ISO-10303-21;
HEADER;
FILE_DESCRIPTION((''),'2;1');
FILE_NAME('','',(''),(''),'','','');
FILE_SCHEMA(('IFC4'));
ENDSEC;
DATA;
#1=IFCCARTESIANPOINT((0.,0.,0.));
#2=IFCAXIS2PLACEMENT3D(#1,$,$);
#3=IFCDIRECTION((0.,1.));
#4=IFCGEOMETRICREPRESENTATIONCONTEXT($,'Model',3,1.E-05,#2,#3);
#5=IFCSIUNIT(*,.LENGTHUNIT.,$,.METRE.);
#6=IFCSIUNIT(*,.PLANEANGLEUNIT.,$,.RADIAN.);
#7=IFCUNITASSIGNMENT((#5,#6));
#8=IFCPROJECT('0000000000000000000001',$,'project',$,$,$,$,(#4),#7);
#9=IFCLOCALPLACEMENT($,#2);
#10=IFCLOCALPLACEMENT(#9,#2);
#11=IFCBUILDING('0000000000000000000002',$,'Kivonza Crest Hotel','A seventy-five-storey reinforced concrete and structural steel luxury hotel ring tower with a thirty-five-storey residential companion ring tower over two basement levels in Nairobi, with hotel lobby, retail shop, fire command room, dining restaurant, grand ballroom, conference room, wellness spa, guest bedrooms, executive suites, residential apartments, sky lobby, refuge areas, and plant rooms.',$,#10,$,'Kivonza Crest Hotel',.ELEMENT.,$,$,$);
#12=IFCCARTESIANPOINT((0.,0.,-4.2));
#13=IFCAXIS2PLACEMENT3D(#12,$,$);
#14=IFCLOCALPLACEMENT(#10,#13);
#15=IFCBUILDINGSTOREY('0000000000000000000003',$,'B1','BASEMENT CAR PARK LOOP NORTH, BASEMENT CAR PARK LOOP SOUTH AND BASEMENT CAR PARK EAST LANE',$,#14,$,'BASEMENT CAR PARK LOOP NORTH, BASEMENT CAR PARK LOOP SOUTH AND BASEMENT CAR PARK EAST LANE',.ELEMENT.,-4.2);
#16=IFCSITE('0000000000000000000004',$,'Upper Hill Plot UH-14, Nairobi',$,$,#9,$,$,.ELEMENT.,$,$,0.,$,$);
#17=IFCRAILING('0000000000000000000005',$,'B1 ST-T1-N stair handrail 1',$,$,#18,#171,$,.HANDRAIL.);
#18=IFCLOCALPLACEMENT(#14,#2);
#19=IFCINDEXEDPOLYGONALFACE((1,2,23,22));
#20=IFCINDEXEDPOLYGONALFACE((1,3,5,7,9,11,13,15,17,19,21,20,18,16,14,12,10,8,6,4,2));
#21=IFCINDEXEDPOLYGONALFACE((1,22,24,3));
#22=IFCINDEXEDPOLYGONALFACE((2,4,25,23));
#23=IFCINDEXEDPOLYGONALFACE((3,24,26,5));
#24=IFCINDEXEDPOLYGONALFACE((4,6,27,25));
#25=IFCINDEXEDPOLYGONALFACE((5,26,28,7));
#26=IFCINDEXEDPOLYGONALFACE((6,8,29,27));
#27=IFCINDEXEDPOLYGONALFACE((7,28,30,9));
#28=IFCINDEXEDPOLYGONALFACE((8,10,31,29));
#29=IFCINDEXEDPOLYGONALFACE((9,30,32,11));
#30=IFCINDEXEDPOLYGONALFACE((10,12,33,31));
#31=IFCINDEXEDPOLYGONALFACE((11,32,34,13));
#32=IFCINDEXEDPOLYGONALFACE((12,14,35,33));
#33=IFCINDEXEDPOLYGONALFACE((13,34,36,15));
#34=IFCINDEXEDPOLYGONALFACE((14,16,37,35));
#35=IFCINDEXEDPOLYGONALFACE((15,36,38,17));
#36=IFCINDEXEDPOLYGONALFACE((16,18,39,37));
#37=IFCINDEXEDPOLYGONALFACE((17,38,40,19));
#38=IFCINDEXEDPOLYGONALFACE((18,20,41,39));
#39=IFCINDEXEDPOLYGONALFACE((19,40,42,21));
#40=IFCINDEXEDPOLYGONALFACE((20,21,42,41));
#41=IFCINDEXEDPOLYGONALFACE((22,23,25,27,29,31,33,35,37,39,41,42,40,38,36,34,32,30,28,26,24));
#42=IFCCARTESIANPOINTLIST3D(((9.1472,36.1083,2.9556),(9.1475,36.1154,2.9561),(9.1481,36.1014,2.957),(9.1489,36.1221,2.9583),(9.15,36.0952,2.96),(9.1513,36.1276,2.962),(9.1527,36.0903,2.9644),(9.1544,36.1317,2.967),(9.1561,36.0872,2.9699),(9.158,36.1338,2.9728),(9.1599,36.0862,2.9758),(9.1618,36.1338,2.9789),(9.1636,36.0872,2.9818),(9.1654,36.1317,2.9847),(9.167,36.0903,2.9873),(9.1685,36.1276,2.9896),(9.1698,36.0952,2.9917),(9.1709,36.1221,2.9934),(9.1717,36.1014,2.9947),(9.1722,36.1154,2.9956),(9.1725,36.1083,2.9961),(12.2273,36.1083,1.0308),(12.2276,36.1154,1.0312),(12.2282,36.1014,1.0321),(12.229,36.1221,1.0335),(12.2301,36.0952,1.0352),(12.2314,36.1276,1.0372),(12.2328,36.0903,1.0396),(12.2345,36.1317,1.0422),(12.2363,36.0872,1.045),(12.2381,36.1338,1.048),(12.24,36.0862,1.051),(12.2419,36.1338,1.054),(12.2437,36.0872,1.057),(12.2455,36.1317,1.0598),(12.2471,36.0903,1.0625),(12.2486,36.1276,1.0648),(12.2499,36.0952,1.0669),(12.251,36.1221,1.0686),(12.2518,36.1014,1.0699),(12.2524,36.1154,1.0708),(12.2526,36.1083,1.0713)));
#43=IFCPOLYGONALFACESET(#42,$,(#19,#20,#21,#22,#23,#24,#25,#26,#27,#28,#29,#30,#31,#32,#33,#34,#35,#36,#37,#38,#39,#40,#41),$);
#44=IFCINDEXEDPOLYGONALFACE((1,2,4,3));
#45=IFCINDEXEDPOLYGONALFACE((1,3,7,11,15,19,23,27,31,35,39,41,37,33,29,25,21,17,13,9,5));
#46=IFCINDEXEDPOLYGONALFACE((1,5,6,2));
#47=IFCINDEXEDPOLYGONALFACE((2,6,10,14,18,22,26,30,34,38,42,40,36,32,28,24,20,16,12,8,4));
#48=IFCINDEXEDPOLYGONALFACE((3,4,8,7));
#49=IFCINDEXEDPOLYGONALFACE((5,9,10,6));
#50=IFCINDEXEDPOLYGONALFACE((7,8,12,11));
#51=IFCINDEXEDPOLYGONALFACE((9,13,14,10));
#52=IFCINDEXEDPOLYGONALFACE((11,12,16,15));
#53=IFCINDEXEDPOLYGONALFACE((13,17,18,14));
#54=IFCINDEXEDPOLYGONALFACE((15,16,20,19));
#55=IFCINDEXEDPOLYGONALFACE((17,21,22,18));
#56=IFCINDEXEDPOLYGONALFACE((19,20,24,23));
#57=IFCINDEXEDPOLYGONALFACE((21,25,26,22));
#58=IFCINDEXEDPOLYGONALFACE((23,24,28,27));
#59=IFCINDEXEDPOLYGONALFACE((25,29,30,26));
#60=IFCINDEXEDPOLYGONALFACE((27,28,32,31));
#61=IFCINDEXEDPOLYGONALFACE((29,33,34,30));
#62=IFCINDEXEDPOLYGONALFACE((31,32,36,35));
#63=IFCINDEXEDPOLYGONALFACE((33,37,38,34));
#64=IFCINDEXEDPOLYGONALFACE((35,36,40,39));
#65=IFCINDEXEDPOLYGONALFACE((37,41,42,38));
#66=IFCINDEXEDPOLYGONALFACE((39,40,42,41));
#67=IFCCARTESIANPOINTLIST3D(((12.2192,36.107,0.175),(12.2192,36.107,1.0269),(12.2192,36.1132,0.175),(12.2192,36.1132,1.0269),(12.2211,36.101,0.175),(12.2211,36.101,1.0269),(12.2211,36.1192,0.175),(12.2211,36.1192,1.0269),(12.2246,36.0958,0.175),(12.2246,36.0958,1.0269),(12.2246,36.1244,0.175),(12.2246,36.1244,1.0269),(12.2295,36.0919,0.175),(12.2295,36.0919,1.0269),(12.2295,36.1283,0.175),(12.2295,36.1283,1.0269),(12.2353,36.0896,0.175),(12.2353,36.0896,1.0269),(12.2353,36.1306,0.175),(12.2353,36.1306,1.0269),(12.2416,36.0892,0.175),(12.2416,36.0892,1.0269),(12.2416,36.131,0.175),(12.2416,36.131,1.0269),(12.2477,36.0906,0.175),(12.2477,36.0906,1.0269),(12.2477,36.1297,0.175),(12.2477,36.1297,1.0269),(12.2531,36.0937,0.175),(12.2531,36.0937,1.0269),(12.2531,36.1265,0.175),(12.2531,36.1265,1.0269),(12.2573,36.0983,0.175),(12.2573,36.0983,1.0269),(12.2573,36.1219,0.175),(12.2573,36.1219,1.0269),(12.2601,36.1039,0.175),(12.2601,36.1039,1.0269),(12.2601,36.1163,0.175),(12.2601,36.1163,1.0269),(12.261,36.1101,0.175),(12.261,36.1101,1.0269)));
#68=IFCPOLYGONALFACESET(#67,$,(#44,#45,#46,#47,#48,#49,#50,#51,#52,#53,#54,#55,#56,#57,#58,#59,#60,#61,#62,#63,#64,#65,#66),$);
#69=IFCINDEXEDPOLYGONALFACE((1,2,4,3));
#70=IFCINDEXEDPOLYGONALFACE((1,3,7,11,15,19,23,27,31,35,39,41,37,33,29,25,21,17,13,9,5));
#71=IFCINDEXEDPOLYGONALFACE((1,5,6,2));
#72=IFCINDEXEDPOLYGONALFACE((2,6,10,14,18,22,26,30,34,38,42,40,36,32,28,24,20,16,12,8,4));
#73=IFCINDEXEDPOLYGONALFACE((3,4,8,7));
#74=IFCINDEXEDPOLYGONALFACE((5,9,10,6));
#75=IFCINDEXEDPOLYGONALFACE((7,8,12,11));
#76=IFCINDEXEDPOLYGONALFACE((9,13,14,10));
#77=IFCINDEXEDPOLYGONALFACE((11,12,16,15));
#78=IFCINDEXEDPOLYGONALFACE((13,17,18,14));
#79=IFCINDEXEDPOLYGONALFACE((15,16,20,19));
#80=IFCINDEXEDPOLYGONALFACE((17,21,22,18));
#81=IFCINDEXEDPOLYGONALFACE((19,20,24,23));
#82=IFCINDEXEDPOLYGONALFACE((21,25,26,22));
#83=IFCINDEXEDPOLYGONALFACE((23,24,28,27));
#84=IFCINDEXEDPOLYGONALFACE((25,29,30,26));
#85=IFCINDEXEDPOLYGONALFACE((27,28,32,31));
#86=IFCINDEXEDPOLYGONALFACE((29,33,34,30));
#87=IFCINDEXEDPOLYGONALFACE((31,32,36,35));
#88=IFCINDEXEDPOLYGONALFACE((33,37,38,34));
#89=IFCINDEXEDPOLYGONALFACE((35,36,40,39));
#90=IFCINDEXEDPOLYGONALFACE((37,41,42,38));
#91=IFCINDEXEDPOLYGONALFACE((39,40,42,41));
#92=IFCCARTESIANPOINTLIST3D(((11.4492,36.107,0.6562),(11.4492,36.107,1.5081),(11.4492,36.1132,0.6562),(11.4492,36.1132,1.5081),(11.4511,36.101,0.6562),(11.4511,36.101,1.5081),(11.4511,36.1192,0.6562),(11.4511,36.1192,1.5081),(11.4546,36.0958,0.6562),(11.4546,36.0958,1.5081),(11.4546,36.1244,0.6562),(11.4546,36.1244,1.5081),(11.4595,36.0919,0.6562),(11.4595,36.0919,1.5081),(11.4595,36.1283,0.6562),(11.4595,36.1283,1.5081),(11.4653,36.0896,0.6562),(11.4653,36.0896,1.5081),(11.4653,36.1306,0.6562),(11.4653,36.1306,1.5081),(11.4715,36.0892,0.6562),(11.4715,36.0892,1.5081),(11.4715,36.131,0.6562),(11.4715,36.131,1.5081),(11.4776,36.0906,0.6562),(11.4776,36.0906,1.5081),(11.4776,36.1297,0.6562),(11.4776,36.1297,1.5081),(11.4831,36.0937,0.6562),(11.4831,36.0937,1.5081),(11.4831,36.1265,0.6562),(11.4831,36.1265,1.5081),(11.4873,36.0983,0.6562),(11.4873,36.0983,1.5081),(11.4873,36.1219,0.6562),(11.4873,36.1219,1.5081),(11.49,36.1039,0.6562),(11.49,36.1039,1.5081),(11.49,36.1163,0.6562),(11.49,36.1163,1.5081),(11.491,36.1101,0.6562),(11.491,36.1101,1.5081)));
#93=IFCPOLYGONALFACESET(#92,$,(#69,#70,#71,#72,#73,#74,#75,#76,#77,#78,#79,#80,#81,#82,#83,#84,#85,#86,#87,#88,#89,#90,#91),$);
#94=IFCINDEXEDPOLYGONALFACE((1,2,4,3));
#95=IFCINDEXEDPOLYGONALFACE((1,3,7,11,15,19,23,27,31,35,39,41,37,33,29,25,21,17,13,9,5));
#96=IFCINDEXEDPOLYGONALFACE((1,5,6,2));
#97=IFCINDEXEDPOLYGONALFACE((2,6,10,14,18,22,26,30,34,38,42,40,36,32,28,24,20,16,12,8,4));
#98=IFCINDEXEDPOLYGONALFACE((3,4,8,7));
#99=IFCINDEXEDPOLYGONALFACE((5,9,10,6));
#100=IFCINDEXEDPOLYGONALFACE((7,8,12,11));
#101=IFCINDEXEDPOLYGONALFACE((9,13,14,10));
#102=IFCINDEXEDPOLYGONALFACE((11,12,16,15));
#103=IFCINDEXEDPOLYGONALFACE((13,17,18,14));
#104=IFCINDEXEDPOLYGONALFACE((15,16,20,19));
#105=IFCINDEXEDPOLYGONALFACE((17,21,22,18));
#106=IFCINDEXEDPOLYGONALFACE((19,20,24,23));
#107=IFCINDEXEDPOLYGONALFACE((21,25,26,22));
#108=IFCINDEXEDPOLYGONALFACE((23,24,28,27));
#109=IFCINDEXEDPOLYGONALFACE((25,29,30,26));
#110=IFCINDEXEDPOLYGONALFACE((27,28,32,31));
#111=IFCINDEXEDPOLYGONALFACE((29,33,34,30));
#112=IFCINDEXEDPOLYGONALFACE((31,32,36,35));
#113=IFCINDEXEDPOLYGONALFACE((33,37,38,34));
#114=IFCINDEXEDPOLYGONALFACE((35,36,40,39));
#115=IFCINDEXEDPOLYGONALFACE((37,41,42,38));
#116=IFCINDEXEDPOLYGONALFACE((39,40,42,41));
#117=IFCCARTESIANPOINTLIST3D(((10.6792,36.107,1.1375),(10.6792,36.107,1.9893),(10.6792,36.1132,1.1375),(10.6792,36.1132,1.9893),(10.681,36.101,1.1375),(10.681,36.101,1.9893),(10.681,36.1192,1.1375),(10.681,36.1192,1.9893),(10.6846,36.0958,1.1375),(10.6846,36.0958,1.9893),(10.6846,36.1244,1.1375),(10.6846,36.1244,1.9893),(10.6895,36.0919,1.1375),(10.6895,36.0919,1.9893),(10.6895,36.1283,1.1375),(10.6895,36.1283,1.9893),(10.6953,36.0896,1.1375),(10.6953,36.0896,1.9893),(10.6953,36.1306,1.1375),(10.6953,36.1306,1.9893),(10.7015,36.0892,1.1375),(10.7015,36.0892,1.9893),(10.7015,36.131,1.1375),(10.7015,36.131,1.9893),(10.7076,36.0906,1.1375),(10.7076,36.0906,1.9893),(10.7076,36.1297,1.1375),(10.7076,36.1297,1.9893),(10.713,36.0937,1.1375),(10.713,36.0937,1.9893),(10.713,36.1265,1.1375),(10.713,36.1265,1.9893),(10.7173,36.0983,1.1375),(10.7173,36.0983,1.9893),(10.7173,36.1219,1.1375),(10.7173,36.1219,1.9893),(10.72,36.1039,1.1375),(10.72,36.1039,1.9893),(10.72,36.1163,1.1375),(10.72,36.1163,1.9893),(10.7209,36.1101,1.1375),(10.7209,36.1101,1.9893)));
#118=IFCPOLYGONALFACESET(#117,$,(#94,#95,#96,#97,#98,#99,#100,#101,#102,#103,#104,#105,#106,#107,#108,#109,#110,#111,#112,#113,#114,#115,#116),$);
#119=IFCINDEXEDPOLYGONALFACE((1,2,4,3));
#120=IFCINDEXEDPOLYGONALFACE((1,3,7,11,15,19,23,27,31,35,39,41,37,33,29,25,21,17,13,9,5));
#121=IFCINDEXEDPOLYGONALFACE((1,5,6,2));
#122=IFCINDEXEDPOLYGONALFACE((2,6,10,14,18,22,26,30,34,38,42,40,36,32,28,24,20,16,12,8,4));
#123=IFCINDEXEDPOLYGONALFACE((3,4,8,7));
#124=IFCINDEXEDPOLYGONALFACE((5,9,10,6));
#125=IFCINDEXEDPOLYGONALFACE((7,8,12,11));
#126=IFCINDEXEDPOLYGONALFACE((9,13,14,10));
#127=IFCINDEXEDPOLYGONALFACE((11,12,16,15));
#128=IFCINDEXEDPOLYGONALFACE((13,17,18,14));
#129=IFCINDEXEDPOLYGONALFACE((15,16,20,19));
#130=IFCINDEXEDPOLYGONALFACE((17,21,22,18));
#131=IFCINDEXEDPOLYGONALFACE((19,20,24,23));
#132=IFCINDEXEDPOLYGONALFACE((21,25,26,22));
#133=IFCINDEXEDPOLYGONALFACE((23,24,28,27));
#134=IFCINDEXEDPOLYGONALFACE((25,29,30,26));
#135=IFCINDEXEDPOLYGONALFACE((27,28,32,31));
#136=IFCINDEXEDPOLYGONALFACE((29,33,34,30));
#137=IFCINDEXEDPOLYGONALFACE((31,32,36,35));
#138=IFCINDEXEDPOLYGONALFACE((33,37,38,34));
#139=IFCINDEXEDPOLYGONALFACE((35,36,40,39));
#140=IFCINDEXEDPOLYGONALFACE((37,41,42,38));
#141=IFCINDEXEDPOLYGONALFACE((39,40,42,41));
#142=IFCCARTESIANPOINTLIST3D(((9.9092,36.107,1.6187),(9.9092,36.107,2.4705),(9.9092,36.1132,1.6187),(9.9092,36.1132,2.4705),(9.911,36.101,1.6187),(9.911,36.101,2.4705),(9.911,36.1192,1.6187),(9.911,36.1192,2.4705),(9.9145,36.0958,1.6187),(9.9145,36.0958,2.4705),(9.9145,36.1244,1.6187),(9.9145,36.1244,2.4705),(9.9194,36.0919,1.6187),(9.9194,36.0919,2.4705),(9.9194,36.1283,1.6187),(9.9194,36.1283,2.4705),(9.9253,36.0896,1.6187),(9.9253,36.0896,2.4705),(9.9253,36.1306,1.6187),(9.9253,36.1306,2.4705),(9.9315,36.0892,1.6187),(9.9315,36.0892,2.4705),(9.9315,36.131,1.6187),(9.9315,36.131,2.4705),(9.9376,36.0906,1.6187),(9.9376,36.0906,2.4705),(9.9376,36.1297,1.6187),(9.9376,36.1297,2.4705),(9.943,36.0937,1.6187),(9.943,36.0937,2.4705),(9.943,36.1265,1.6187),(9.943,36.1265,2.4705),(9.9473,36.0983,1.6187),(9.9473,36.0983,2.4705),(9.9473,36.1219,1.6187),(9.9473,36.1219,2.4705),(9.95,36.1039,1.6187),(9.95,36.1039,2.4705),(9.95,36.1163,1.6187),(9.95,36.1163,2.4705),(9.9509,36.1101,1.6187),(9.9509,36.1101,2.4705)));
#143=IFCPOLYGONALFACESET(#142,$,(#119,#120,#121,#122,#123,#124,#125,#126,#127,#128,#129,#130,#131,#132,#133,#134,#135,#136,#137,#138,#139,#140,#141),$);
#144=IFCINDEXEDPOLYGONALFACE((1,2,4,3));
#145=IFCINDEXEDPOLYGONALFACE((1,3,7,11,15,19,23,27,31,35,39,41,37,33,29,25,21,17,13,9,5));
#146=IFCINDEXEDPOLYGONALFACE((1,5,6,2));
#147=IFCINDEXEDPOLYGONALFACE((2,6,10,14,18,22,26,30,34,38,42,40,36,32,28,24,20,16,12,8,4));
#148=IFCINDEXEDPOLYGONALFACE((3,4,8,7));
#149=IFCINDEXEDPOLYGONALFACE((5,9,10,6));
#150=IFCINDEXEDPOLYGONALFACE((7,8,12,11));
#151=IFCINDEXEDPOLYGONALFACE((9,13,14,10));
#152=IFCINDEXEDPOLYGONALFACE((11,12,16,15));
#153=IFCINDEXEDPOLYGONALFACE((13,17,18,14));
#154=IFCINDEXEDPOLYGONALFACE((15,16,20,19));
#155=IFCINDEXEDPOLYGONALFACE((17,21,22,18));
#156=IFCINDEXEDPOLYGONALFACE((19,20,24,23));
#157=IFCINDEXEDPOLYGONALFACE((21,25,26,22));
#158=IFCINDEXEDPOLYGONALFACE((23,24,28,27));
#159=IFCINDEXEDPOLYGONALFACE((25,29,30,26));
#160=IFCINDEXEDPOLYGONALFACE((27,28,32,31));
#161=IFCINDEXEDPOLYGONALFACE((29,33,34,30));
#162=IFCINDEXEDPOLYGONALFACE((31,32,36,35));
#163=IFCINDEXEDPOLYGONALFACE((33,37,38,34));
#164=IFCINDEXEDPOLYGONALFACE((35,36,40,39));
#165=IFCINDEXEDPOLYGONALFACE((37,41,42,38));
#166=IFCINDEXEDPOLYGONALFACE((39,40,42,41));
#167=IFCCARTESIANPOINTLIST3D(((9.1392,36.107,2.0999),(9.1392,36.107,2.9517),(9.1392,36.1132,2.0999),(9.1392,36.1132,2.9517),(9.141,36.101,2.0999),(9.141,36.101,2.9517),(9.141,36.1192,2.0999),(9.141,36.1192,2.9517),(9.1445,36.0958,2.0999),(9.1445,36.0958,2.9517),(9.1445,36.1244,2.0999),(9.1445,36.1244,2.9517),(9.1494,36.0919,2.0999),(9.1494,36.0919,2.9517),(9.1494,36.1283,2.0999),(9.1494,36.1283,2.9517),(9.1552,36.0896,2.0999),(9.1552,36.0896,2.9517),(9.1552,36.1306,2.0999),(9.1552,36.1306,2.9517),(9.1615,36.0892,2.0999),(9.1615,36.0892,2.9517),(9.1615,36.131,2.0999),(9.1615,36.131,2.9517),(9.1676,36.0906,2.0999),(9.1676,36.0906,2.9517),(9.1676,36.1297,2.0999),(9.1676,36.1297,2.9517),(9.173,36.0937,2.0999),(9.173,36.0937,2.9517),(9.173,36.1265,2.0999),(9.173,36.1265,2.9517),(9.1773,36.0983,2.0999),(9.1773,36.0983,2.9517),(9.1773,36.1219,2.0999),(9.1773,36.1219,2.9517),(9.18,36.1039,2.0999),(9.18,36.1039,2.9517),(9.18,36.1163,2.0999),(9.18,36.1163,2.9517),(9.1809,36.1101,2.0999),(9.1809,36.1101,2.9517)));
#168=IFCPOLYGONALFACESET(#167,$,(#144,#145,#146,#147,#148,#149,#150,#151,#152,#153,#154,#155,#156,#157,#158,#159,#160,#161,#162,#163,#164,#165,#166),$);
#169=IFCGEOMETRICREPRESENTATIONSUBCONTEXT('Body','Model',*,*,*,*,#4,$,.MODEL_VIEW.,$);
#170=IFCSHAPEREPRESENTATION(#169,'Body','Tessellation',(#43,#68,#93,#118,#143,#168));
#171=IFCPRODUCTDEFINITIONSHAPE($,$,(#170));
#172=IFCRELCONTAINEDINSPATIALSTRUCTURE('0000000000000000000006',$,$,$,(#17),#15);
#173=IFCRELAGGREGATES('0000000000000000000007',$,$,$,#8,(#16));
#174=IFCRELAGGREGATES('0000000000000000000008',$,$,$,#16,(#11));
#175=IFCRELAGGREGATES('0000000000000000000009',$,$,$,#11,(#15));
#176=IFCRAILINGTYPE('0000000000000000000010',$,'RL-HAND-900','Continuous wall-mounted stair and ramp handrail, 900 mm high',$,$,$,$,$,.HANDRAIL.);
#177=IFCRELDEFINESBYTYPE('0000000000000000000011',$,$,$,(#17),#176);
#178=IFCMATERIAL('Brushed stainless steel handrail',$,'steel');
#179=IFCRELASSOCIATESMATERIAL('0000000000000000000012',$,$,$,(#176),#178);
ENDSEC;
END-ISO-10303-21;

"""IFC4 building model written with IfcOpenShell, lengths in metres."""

from ifc_helpers import new_model, si_unit, direction, frame, origin, origin_2d, place, context, subcontext, project, spatial, circle, extrude, material, type_object, element, save


model = new_model("IFC4")

# Units and contexts
model_context = context("Model", 3, precision=1e-05, world=origin(), true_north=direction((0.0, 1.0)))
body_context = subcontext(model_context, "Body", "Model", "MODEL_VIEW")
ifc_project = project(units=[si_unit("LENGTHUNIT", "METRE"), si_unit("PLANEANGLEUNIT", "RADIAN")], contexts=[model_context])

# Site, building, storey
site_placement = place(None, origin())
site = spatial("IfcSite", under=ifc_project, at=site_placement, Name="Upper Hill Plot UH-14, Nairobi", CompositionType="ELEMENT", RefElevation=0.0)
building_placement = place(site_placement, origin())
building = spatial("IfcBuilding", under=site, at=building_placement, Name="Kivonza Crest Hotel", Description="A seventy-five-storey reinforced concrete and structural steel luxury hotel ring tower with a thirty-five-storey residential companion ring tower over two basement levels in Nairobi, with hotel lobby, retail shop, fire command room, dining restaurant, grand ballroom, conference room, wellness spa, guest bedrooms, executive suites, residential apartments, sky lobby, refuge areas, and plant rooms.", LongName="Kivonza Crest Hotel", CompositionType="ELEMENT")
storey_placement = place(building_placement, frame((0.0, 0.0, -4.2)))
storey = spatial("IfcBuildingStorey", under=building, at=storey_placement, Name="B1", Description="BASEMENT CAR PARK LOOP NORTH, BASEMENT CAR PARK LOOP SOUTH AND BASEMENT CAR PARK EAST LANE", LongName="BASEMENT CAR PARK LOOP NORTH, BASEMENT CAR PARK LOOP SOUTH AND BASEMENT CAR PARK EAST LANE", CompositionType="ELEMENT", Elevation=-4.2)

# Railing
ifc_material_1 = material(Name="Brushed stainless steel handrail", Category="steel")
railing_type_1 = type_object("IfcRailingType", Name="RL-HAND-900", Description="Continuous wall-mounted stair and ramp handrail, 900 mm high", PredefinedType="HANDRAIL", material=ifc_material_1)
railing_1_placement = place(storey_placement, frame((12.24, 36.1101, 0.175)))
element("IfcRailing", 1, at=railing_1_placement, inside=storey, type_object=railing_type_1, Name="B1 ST-T1-N stair handrail 1", PredefinedType="HANDRAIL", context=body_context, shape_type="SweptSolid", body=[
    extrude(circle(Radius=0.0239, at=origin_2d()), frame((0.0, 0.0, 0.876), z_axis=(-0.848029, 0.0, 0.529951), x_axis=(0.0, -1.0, 0.0)), (0.0, 0.0, 1.0), 3.6321),
    extrude(circle(Radius=0.021, at=origin_2d()), origin(), (0.0, 0.0, 1.0), 0.8518),
    extrude(circle(Radius=0.021, at=origin_2d()), frame((-0.77, 0.0, 0.4812)), (0.0, 0.0, 1.0), 0.8518),
    extrude(circle(Radius=0.021, at=origin_2d()), frame((-1.54, 0.0, 0.9624)), (0.0, 0.0, 1.0), 0.8518),
    extrude(circle(Radius=0.021, at=origin_2d()), frame((-2.3101, 0.0, 1.4436)), (0.0, 0.0, 1.0), 0.8518),
    extrude(circle(Radius=0.021, at=origin_2d()), frame((-3.0801, 0.0, 1.9248)), (0.0, 0.0, 1.0), 0.8518),
])

save(model, "model.ifc")
